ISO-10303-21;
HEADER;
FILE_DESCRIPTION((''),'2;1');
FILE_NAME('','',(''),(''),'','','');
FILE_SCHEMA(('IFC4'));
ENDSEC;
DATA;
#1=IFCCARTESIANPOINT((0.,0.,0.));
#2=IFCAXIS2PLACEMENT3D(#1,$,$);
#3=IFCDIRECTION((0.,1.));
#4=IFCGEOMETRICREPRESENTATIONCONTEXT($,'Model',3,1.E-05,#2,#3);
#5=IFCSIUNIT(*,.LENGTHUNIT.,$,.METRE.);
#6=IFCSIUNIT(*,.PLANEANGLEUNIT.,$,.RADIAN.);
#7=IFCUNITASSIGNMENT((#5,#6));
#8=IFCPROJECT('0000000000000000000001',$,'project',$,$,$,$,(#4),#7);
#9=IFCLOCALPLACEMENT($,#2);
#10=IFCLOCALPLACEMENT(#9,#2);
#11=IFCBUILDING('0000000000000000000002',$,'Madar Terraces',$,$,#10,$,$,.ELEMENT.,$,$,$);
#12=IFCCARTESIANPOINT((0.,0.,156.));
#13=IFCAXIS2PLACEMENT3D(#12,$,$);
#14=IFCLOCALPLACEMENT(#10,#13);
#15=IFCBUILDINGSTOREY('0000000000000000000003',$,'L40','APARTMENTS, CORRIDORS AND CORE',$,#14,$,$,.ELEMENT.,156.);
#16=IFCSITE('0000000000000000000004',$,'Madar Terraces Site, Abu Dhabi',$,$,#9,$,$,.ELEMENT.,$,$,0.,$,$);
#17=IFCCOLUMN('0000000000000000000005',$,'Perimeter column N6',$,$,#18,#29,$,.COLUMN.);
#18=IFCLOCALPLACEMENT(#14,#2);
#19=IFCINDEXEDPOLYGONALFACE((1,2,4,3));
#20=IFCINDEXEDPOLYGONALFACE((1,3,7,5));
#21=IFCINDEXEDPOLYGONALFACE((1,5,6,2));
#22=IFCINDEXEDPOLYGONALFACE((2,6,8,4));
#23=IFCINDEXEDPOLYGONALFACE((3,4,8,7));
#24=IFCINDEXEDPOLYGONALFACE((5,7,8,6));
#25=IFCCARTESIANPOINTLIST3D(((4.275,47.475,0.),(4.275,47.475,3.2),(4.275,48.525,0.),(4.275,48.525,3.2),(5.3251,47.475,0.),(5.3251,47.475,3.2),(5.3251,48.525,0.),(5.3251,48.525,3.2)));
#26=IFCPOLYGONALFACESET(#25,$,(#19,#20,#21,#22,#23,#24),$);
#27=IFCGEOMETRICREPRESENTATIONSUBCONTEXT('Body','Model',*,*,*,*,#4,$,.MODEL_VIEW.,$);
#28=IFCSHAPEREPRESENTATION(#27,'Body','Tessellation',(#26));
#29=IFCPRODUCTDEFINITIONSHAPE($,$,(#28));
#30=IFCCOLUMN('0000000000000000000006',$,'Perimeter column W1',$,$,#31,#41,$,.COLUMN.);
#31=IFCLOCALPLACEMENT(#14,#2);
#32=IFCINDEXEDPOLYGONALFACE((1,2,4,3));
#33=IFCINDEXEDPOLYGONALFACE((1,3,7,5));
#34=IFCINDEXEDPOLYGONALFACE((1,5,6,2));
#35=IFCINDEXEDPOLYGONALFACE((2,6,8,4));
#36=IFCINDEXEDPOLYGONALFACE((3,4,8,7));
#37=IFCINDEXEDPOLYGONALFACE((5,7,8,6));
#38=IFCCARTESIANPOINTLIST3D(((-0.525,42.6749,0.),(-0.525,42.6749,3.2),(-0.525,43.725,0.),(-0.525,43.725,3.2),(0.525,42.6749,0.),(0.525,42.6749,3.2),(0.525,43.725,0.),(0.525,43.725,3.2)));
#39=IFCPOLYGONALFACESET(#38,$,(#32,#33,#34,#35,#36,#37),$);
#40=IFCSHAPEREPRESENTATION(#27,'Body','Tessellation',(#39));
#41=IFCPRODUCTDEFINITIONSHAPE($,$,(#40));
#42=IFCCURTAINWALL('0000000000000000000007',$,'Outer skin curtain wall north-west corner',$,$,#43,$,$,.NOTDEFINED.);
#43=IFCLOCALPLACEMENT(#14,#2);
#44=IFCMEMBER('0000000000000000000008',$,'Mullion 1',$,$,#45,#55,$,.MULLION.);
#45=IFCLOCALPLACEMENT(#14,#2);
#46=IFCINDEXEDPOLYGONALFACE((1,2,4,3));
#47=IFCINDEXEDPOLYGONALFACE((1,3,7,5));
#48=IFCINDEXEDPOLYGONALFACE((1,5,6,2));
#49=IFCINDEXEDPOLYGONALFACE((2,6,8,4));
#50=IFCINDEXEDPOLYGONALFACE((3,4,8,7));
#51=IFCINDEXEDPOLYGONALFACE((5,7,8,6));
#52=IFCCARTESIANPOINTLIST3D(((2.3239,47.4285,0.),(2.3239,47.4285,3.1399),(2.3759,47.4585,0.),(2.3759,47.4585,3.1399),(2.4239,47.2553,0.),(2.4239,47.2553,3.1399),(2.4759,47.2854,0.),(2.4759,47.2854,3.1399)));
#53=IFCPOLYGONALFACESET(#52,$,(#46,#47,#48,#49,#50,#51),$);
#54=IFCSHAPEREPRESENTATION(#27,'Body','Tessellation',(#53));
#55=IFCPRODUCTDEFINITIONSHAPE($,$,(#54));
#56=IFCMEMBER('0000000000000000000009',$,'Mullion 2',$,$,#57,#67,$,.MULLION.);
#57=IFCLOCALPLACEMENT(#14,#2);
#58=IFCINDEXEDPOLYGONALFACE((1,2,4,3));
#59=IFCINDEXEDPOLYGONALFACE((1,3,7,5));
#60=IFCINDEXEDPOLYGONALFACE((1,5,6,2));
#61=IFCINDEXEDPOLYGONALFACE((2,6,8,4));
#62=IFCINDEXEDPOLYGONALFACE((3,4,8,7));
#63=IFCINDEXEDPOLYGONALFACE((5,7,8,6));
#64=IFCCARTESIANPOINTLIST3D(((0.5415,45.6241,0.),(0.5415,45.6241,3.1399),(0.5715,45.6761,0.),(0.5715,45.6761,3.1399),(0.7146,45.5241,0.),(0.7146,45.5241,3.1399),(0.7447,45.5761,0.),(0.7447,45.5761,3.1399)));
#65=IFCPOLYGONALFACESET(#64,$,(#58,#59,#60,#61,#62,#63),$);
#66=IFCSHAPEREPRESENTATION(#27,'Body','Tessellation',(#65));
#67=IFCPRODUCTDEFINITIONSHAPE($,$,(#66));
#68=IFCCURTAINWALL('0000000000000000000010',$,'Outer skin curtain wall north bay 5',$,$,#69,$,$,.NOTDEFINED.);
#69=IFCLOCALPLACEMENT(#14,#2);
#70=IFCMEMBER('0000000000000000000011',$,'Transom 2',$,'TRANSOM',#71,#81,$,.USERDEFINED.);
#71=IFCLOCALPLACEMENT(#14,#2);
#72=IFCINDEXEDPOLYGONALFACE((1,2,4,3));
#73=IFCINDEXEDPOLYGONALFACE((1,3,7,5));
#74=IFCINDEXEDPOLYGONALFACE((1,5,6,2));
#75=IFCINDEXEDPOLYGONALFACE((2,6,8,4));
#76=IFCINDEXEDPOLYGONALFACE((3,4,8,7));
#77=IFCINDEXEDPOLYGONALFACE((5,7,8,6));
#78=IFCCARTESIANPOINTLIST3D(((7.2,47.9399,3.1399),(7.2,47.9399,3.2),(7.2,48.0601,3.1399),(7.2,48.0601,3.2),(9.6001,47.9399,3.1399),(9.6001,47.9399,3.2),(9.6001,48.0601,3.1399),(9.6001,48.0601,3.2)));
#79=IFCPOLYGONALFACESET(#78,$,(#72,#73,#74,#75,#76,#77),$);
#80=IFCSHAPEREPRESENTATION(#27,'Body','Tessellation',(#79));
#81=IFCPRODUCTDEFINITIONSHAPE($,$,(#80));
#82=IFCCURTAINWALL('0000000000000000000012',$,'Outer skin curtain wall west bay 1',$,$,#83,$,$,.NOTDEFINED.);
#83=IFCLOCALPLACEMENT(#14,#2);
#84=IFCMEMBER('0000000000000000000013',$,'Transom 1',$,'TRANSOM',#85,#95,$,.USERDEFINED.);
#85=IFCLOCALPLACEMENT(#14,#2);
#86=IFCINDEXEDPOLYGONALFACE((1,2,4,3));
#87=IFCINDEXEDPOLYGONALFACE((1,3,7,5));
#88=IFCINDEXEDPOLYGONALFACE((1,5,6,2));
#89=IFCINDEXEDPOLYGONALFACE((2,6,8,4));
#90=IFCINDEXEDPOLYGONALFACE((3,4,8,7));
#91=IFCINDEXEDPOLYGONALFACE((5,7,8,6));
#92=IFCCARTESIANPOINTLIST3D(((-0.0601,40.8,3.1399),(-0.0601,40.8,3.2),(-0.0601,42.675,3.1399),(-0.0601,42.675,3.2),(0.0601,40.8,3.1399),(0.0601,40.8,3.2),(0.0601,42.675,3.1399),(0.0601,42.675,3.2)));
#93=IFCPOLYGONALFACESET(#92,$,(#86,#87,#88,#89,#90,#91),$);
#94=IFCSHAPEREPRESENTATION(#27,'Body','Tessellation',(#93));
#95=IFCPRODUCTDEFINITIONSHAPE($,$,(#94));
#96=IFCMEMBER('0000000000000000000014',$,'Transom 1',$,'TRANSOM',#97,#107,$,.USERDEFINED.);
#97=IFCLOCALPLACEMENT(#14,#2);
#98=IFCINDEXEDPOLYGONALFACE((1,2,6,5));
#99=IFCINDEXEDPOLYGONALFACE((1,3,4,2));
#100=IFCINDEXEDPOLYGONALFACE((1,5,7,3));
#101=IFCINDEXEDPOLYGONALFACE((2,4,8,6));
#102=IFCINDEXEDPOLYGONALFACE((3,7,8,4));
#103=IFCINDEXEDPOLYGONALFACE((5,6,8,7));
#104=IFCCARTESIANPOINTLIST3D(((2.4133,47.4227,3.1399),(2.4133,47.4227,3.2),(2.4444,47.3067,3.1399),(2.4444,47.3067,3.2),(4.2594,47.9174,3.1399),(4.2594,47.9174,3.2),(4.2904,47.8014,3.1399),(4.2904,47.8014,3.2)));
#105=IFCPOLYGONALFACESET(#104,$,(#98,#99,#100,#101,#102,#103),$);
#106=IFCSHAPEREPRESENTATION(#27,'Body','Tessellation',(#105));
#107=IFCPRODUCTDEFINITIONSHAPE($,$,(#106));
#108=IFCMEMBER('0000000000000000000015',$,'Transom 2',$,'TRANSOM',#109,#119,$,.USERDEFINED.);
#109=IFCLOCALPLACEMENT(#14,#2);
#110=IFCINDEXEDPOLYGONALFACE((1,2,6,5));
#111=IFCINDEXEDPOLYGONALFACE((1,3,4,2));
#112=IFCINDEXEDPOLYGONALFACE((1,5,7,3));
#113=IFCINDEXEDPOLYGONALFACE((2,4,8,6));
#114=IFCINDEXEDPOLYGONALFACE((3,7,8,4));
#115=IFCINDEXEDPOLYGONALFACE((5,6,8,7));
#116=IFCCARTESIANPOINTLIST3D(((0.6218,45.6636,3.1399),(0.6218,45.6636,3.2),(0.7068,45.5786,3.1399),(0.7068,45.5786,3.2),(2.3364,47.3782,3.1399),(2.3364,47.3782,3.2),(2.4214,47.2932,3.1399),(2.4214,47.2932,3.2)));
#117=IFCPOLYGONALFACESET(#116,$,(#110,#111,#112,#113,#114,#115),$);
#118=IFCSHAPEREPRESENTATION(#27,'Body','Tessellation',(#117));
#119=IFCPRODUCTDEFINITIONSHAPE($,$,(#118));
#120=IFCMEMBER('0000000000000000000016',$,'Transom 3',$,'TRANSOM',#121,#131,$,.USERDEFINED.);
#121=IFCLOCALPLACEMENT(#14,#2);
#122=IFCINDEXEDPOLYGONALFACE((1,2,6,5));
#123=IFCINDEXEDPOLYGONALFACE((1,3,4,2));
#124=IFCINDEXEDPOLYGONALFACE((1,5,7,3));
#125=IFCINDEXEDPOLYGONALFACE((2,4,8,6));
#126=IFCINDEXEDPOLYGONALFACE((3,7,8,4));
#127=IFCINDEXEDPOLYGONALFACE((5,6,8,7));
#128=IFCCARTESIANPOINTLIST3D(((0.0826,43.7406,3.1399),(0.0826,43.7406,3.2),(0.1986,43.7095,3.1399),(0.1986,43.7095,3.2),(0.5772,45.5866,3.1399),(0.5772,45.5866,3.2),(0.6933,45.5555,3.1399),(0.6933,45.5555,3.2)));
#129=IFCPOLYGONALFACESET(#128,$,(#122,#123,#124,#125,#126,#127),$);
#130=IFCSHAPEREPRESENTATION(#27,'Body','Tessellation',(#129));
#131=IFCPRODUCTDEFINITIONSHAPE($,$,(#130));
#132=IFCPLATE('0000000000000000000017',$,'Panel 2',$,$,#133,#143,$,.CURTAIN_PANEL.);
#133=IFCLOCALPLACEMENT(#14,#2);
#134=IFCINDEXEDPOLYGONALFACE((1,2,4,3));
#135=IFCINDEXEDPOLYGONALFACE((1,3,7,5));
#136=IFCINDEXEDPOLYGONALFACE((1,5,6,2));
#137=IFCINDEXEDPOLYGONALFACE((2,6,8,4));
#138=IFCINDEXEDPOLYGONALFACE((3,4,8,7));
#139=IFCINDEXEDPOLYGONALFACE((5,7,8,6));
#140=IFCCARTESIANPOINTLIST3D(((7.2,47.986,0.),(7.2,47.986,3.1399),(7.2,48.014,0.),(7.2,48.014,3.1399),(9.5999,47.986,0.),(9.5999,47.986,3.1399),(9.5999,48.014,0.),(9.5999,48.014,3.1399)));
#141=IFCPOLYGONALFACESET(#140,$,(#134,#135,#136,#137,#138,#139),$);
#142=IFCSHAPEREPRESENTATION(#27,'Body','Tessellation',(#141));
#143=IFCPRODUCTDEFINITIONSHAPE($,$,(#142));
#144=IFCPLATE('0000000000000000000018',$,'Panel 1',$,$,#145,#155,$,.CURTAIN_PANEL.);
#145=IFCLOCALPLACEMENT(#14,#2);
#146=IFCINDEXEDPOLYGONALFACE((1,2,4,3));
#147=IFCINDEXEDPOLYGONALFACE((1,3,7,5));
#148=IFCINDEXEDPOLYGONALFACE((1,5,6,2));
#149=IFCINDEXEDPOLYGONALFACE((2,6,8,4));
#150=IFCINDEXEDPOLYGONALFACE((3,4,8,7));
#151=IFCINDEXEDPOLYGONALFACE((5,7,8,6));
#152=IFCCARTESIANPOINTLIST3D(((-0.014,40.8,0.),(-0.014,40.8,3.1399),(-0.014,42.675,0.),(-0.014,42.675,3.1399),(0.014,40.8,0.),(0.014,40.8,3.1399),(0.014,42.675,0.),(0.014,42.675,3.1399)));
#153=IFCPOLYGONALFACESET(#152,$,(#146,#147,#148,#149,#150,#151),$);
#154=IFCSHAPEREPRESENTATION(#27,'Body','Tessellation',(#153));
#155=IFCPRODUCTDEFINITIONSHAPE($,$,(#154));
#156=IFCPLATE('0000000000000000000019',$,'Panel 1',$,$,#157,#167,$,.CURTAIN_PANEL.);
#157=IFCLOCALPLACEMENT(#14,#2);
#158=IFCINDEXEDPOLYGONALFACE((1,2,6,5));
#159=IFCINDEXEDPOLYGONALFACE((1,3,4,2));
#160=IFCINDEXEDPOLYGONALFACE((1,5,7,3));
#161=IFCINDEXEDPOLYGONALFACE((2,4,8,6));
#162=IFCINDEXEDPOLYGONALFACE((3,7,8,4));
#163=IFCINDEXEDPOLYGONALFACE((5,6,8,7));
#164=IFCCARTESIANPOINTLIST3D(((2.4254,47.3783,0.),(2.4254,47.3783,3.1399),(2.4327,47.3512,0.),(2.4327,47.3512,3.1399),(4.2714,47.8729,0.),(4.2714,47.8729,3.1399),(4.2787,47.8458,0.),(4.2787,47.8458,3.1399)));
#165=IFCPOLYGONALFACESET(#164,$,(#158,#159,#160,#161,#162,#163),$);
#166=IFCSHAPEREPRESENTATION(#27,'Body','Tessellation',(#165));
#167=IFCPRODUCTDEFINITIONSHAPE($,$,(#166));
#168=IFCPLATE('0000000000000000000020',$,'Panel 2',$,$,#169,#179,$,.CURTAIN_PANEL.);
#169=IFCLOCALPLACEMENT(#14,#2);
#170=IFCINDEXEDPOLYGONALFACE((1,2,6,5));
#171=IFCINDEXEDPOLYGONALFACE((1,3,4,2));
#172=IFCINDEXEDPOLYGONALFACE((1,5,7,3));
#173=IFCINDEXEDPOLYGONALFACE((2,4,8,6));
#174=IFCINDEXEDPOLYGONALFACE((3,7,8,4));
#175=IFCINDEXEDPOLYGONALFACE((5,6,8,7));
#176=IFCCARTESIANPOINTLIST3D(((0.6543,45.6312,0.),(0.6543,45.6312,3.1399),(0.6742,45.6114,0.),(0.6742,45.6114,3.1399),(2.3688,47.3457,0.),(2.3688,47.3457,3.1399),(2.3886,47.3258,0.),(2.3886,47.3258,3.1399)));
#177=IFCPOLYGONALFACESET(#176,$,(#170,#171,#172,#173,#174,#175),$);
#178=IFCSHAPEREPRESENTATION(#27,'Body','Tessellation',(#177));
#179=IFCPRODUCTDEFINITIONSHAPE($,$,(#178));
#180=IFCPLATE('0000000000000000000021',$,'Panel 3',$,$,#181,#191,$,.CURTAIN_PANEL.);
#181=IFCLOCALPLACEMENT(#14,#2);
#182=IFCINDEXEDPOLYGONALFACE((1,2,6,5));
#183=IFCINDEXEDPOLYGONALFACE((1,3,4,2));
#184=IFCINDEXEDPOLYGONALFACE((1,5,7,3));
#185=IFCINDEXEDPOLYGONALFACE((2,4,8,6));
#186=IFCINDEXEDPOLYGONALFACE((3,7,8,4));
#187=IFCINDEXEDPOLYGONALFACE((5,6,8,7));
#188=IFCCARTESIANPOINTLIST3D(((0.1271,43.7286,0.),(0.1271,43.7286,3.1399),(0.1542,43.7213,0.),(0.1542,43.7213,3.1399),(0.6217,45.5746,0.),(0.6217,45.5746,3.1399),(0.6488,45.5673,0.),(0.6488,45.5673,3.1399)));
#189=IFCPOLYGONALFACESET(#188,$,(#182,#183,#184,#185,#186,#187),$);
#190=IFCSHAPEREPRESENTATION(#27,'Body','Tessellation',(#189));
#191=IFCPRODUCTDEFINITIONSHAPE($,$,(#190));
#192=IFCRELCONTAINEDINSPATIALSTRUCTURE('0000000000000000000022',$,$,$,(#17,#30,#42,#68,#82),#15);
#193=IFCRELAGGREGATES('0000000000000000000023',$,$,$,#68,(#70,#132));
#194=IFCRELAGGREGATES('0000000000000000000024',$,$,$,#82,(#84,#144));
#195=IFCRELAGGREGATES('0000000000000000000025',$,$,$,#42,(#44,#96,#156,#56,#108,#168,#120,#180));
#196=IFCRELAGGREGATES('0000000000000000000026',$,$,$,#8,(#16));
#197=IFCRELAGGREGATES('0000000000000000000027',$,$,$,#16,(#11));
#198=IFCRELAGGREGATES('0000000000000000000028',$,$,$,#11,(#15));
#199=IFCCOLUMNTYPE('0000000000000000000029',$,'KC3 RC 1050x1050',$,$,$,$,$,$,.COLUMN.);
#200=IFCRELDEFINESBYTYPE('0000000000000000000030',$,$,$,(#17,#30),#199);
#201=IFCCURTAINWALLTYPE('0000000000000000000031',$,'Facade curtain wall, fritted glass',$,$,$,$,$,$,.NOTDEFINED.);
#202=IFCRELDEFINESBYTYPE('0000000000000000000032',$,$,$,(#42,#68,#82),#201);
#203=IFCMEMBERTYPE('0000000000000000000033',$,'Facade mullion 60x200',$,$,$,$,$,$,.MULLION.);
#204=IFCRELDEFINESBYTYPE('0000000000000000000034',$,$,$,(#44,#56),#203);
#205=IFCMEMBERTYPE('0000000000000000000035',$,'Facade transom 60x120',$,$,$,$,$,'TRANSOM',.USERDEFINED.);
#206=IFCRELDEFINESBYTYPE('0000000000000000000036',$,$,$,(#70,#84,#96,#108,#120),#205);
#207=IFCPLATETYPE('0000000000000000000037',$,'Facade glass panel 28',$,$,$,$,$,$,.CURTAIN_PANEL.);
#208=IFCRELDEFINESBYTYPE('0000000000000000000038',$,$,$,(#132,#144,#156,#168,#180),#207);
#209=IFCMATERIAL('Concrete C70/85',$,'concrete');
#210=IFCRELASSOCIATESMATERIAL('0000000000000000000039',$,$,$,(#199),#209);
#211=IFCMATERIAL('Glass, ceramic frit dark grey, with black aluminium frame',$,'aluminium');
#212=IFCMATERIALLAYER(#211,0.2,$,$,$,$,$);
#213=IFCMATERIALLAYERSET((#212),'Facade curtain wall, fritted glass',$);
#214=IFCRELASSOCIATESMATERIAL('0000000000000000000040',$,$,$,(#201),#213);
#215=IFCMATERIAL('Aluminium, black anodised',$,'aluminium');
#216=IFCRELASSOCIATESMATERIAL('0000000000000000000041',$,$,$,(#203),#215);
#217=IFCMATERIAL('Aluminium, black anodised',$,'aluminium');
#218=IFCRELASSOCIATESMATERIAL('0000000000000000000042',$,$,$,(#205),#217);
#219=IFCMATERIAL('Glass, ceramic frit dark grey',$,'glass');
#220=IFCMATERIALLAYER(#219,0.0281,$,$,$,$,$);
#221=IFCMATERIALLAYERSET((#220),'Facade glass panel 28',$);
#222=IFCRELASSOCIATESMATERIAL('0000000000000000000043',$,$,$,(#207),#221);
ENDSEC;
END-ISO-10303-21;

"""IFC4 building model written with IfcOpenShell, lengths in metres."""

from ifc_helpers import new_model, si_unit, direction, frame, origin, origin_2d, place, context, subcontext, project, spatial, rectangle, extrude, material, layer, layer_set, material_profile, profile_set, type_object, element, aggregate, save


model = new_model("IFC4")

# Units and contexts
model_context = context("Model", 3, precision=1e-05, world=origin(), true_north=direction((0.0, 1.0)))
body_context = subcontext(model_context, "Body", "Model", "MODEL_VIEW")
ifc_project = project(units=[si_unit("LENGTHUNIT", "METRE"), si_unit("PLANEANGLEUNIT", "RADIAN")], contexts=[model_context])

# Site, building, storey
site_placement = place(None, origin())
site = spatial("IfcSite", under=ifc_project, at=site_placement, Name="Madar Terraces Site, Abu Dhabi", CompositionType="ELEMENT", RefElevation=0.0)
building_placement = place(site_placement, origin())
building = spatial("IfcBuilding", under=site, at=building_placement, Name="Madar Terraces", CompositionType="ELEMENT")
storey_placement = place(building_placement, frame((0.0, 0.0, 156.0)))
storey = spatial("IfcBuildingStorey", under=building, at=storey_placement, Name="L40", Description="APARTMENTS, CORRIDORS AND CORE", CompositionType="ELEMENT", Elevation=156.0)

# Columns
ifc_material_1 = material(Name="Concrete C70/85", Category="concrete")
ifc_material_profile_1 = material_profile(ifc_material_1, rectangle(XDim=1.05, YDim=1.05, at=origin_2d()), Name="KC3 RC 1050x1050")
ifc_profile_set_1 = profile_set([ifc_material_profile_1], Name="Concrete C70/85")
column_type = type_object("IfcColumnType", Name="KC3 RC 1050x1050", PredefinedType="COLUMN", material=ifc_profile_set_1)
for number, where, z_axis, x_axis, name in (
    (1, (4.8, 48.0, 0.0), (0.0, 0.0, 1.0), (1.0, 0.0, 0.0), "Perimeter column N6"),
    (2, (0.0, 43.2, 0.0), (0.0, 0.0, 1.0), (1.0, 0.0, 0.0), "Perimeter column W1"),
):
    element("IfcColumn", number, at=place(storey_placement, frame(where, z_axis=z_axis, x_axis=x_axis)), inside=storey, type_object=column_type, Name=name, PredefinedType="COLUMN", context=body_context, shape_type="SweptSolid", body=[
        extrude(rectangle(XDim=1.05, YDim=1.05, at=origin_2d()), origin(), (0.0, 0.0, 1.0), 3.2),
    ])

# Curtain wall, members
ifc_material_2 = material(Name="Glass, ceramic frit dark grey, with black aluminium frame", Category="aluminium")
ifc_layer_1 = layer(ifc_material_2, 0.2)
ifc_layer_set_1 = layer_set([ifc_layer_1], Name="Facade curtain wall, fritted glass")
curtain_wall_type = type_object("IfcCurtainWallType", Name="Facade curtain wall, fritted glass", PredefinedType="NOTDEFINED", material=ifc_layer_set_1)
curtain_wall_1_placement = place(storey_placement, origin())
curtain_wall_1 = element("IfcCurtainWall", 3, at=curtain_wall_1_placement, inside=storey, type_object=curtain_wall_type, Name="Outer skin curtain wall north-west corner", PredefinedType="NOTDEFINED")
ifc_material_3 = material(Name="Aluminium, black anodised", Category="aluminium")
ifc_material_profile_2 = material_profile(ifc_material_3, rectangle(XDim=0.2, YDim=0.0601, at=origin_2d()), Name="Facade mullion 60x200")
ifc_profile_set_2 = profile_set([ifc_material_profile_2], Name="Aluminium, black anodised")
member_type_1 = type_object("IfcMemberType", Name="Facade mullion 60x200", PredefinedType="MULLION", material=ifc_profile_set_2)
member_1_placement = place(storey_placement, frame((2.3999, 47.3569, 0.0), z_axis=(0.0, 0.0, 1.0), x_axis=(0.5, -0.866025, 0.0)))
member_1 = element("IfcMember", 4, at=member_1_placement, type_object=member_type_1, Name="Mullion 1", PredefinedType="MULLION", context=body_context, shape_type="SweptSolid", body=[
    extrude(rectangle(XDim=0.2, YDim=0.0601, at=origin_2d()), origin(), (0.0, 0.0, 1.0), 3.1399),
])
member_2_placement = place(storey_placement, frame((0.6431, 45.6001, 0.0), z_axis=(0.0, 0.0, 1.0), x_axis=(0.866025, -0.5, 0.0)))
member_2 = element("IfcMember", 5, at=member_2_placement, type_object=member_type_1, Name="Mullion 2", PredefinedType="MULLION", context=body_context, shape_type="SweptSolid", body=[
    extrude(rectangle(XDim=0.2, YDim=0.0601, at=origin_2d()), origin(), (0.0, 0.0, 1.0), 3.1399),
])

# Curtain walls, members
curtain_wall_2_placement = place(storey_placement, origin())
curtain_wall_2 = element("IfcCurtainWall", 6, at=curtain_wall_2_placement, inside=storey, type_object=curtain_wall_type, Name="Outer skin curtain wall north bay 5", PredefinedType="NOTDEFINED")
ifc_material_4 = material(Name="Aluminium, black anodised", Category="aluminium")
ifc_material_profile_3 = material_profile(ifc_material_4, rectangle(XDim=0.1201, YDim=0.0601, at=origin_2d()), Name="Facade transom 60x120")
ifc_profile_set_3 = profile_set([ifc_material_profile_3], Name="Aluminium, black anodised")
member_type_2 = type_object("IfcMemberType", Name="Facade transom 60x120", ElementType="TRANSOM", PredefinedType="USERDEFINED", material=ifc_profile_set_3)
member_3_placement = place(storey_placement, frame((9.6001, 48.0, 3.1699), z_axis=(-1.0, 0.0, 0.0), x_axis=(0.0, -1.0, 0.0)))
member_3 = element("IfcMember", 7, at=member_3_placement, type_object=member_type_2, Name="Transom 2", ObjectType="TRANSOM", PredefinedType="USERDEFINED", context=body_context, shape_type="SweptSolid", body=[
    extrude(rectangle(XDim=0.1201, YDim=0.0601, at=origin_2d()), origin(), (0.0, 0.0, 1.0), 2.4001),
])
curtain_wall_3_placement = place(storey_placement, origin())
curtain_wall_3 = element("IfcCurtainWall", 8, at=curtain_wall_3_placement, inside=storey, type_object=curtain_wall_type, Name="Outer skin curtain wall west bay 1", PredefinedType="NOTDEFINED")
member_4_placement = place(storey_placement, frame((0.0, 42.675, 3.1699), z_axis=(0.0, -1.0, 0.0), x_axis=(1.0, 0.0, 0.0)))
member_4 = element("IfcMember", 9, at=member_4_placement, type_object=member_type_2, Name="Transom 1", ObjectType="TRANSOM", PredefinedType="USERDEFINED", context=body_context, shape_type="SweptSolid", body=[
    extrude(rectangle(XDim=0.1201, YDim=0.0601, at=origin_2d()), origin(), (0.0, 0.0, 1.0), 1.875),
])

# Members
member_5_placement = place(storey_placement, frame((4.2749, 47.8594, 3.1699), z_axis=(-0.965925, -0.258823, 0.0), x_axis=(0.258823, -0.965925, 0.0)))
member_5 = element("IfcMember", 10, at=member_5_placement, type_object=member_type_2, Name="Transom 1", ObjectType="TRANSOM", PredefinedType="USERDEFINED", context=body_context, shape_type="SweptSolid", body=[
    extrude(rectangle(XDim=0.1201, YDim=0.0601, at=origin_2d()), origin(), (0.0, 0.0, 1.0), 1.9111),
])
member_6_placement = place(storey_placement, frame((2.3789, 47.3357, 3.1699), z_axis=(-0.707107, -0.707107, 0.0), x_axis=(0.707107, -0.707107, 0.0)))
member_6 = element("IfcMember", 11, at=member_6_placement, type_object=member_type_2, Name="Transom 2", ObjectType="TRANSOM", PredefinedType="USERDEFINED", context=body_context, shape_type="SweptSolid", body=[
    extrude(rectangle(XDim=0.1201, YDim=0.0601, at=origin_2d()), origin(), (0.0, 0.0, 1.0), 2.4248),
])
member_7_placement = place(storey_placement, frame((0.6353, 45.571, 3.1699), z_axis=(-0.258823, -0.965925, 0.0), x_axis=(0.965925, -0.258823, 0.0)))
member_7 = element("IfcMember", 12, at=member_7_placement, type_object=member_type_2, Name="Transom 3", ObjectType="TRANSOM", PredefinedType="USERDEFINED", context=body_context, shape_type="SweptSolid", body=[
    extrude(rectangle(XDim=0.1201, YDim=0.0601, at=origin_2d()), origin(), (0.0, 0.0, 1.0), 1.9111),
])

# Plates
ifc_material_5 = material(Name="Glass, ceramic frit dark grey", Category="glass")
ifc_layer_2 = layer(ifc_material_5, 0.0281)
ifc_layer_set_2 = layer_set([ifc_layer_2], Name="Facade glass panel 28")
plate_type = type_object("IfcPlateType", Name="Facade glass panel 28", PredefinedType="CURTAIN_PANEL", material=ifc_layer_set_2)
plate_1_placement = place(storey_placement, frame((8.3999, 48.0, 0.0), z_axis=(0.0, 0.0, 1.0), x_axis=(-1.0, 0.0, 0.0)))
plate_1 = element("IfcPlate", 13, at=plate_1_placement, type_object=plate_type, Name="Panel 2", PredefinedType="CURTAIN_PANEL", context=body_context, shape_type="SweptSolid", body=[
    extrude(rectangle(XDim=2.3999, YDim=0.0281, at=origin_2d()), origin(), (0.0, 0.0, 1.0), 3.1399),
])
aggregate(curtain_wall_2, [member_3, plate_1])
plate_2_placement = place(storey_placement, frame((0.0, 41.7375, 0.0), z_axis=(0.0, 0.0, 1.0), x_axis=(0.0, -1.0, 0.0)))
plate_2 = element("IfcPlate", 14, at=plate_2_placement, type_object=plate_type, Name="Panel 1", PredefinedType="CURTAIN_PANEL", context=body_context, shape_type="SweptSolid", body=[
    extrude(rectangle(XDim=1.875, YDim=0.0281, at=origin_2d()), origin(), (0.0, 0.0, 1.0), 3.1399),
])
aggregate(curtain_wall_3, [member_4, plate_2])
plate_3_placement = place(storey_placement, frame((3.3521, 47.6121, 0.0), z_axis=(0.0, 0.0, 1.0), x_axis=(-0.965926, -0.258819, 0.0)))
plate_3 = element("IfcPlate", 15, at=plate_3_placement, type_object=plate_type, Name="Panel 1", PredefinedType="CURTAIN_PANEL", context=body_context, shape_type="SweptSolid", body=[
    extrude(rectangle(XDim=1.9111, YDim=0.0281, at=origin_2d()), origin(), (0.0, 0.0, 1.0), 3.1399),
])
plate_4_placement = place(storey_placement, frame((1.5215, 46.4785, 0.0), z_axis=(0.0, 0.0, 1.0), x_axis=(-0.707107, -0.707107, 0.0)))
plate_4 = element("IfcPlate", 16, at=plate_4_placement, type_object=plate_type, Name="Panel 2", PredefinedType="CURTAIN_PANEL", context=body_context, shape_type="SweptSolid", body=[
    extrude(rectangle(XDim=2.4246, YDim=0.0281, at=origin_2d()), origin(), (0.0, 0.0, 1.0), 3.1399),
])
plate_5_placement = place(storey_placement, frame((0.3879, 44.6479, 0.0), z_axis=(0.0, 0.0, 1.0), x_axis=(-0.258819, -0.965926, 0.0)))
plate_5 = element("IfcPlate", 17, at=plate_5_placement, type_object=plate_type, Name="Panel 3", PredefinedType="CURTAIN_PANEL", context=body_context, shape_type="SweptSolid", body=[
    extrude(rectangle(XDim=1.9111, YDim=0.0281, at=origin_2d()), origin(), (0.0, 0.0, 1.0), 3.1399),
])
aggregate(curtain_wall_1, [member_1, member_5, plate_3, member_2, member_6, plate_4, member_7, plate_5])

save(model, "model.ifc")
